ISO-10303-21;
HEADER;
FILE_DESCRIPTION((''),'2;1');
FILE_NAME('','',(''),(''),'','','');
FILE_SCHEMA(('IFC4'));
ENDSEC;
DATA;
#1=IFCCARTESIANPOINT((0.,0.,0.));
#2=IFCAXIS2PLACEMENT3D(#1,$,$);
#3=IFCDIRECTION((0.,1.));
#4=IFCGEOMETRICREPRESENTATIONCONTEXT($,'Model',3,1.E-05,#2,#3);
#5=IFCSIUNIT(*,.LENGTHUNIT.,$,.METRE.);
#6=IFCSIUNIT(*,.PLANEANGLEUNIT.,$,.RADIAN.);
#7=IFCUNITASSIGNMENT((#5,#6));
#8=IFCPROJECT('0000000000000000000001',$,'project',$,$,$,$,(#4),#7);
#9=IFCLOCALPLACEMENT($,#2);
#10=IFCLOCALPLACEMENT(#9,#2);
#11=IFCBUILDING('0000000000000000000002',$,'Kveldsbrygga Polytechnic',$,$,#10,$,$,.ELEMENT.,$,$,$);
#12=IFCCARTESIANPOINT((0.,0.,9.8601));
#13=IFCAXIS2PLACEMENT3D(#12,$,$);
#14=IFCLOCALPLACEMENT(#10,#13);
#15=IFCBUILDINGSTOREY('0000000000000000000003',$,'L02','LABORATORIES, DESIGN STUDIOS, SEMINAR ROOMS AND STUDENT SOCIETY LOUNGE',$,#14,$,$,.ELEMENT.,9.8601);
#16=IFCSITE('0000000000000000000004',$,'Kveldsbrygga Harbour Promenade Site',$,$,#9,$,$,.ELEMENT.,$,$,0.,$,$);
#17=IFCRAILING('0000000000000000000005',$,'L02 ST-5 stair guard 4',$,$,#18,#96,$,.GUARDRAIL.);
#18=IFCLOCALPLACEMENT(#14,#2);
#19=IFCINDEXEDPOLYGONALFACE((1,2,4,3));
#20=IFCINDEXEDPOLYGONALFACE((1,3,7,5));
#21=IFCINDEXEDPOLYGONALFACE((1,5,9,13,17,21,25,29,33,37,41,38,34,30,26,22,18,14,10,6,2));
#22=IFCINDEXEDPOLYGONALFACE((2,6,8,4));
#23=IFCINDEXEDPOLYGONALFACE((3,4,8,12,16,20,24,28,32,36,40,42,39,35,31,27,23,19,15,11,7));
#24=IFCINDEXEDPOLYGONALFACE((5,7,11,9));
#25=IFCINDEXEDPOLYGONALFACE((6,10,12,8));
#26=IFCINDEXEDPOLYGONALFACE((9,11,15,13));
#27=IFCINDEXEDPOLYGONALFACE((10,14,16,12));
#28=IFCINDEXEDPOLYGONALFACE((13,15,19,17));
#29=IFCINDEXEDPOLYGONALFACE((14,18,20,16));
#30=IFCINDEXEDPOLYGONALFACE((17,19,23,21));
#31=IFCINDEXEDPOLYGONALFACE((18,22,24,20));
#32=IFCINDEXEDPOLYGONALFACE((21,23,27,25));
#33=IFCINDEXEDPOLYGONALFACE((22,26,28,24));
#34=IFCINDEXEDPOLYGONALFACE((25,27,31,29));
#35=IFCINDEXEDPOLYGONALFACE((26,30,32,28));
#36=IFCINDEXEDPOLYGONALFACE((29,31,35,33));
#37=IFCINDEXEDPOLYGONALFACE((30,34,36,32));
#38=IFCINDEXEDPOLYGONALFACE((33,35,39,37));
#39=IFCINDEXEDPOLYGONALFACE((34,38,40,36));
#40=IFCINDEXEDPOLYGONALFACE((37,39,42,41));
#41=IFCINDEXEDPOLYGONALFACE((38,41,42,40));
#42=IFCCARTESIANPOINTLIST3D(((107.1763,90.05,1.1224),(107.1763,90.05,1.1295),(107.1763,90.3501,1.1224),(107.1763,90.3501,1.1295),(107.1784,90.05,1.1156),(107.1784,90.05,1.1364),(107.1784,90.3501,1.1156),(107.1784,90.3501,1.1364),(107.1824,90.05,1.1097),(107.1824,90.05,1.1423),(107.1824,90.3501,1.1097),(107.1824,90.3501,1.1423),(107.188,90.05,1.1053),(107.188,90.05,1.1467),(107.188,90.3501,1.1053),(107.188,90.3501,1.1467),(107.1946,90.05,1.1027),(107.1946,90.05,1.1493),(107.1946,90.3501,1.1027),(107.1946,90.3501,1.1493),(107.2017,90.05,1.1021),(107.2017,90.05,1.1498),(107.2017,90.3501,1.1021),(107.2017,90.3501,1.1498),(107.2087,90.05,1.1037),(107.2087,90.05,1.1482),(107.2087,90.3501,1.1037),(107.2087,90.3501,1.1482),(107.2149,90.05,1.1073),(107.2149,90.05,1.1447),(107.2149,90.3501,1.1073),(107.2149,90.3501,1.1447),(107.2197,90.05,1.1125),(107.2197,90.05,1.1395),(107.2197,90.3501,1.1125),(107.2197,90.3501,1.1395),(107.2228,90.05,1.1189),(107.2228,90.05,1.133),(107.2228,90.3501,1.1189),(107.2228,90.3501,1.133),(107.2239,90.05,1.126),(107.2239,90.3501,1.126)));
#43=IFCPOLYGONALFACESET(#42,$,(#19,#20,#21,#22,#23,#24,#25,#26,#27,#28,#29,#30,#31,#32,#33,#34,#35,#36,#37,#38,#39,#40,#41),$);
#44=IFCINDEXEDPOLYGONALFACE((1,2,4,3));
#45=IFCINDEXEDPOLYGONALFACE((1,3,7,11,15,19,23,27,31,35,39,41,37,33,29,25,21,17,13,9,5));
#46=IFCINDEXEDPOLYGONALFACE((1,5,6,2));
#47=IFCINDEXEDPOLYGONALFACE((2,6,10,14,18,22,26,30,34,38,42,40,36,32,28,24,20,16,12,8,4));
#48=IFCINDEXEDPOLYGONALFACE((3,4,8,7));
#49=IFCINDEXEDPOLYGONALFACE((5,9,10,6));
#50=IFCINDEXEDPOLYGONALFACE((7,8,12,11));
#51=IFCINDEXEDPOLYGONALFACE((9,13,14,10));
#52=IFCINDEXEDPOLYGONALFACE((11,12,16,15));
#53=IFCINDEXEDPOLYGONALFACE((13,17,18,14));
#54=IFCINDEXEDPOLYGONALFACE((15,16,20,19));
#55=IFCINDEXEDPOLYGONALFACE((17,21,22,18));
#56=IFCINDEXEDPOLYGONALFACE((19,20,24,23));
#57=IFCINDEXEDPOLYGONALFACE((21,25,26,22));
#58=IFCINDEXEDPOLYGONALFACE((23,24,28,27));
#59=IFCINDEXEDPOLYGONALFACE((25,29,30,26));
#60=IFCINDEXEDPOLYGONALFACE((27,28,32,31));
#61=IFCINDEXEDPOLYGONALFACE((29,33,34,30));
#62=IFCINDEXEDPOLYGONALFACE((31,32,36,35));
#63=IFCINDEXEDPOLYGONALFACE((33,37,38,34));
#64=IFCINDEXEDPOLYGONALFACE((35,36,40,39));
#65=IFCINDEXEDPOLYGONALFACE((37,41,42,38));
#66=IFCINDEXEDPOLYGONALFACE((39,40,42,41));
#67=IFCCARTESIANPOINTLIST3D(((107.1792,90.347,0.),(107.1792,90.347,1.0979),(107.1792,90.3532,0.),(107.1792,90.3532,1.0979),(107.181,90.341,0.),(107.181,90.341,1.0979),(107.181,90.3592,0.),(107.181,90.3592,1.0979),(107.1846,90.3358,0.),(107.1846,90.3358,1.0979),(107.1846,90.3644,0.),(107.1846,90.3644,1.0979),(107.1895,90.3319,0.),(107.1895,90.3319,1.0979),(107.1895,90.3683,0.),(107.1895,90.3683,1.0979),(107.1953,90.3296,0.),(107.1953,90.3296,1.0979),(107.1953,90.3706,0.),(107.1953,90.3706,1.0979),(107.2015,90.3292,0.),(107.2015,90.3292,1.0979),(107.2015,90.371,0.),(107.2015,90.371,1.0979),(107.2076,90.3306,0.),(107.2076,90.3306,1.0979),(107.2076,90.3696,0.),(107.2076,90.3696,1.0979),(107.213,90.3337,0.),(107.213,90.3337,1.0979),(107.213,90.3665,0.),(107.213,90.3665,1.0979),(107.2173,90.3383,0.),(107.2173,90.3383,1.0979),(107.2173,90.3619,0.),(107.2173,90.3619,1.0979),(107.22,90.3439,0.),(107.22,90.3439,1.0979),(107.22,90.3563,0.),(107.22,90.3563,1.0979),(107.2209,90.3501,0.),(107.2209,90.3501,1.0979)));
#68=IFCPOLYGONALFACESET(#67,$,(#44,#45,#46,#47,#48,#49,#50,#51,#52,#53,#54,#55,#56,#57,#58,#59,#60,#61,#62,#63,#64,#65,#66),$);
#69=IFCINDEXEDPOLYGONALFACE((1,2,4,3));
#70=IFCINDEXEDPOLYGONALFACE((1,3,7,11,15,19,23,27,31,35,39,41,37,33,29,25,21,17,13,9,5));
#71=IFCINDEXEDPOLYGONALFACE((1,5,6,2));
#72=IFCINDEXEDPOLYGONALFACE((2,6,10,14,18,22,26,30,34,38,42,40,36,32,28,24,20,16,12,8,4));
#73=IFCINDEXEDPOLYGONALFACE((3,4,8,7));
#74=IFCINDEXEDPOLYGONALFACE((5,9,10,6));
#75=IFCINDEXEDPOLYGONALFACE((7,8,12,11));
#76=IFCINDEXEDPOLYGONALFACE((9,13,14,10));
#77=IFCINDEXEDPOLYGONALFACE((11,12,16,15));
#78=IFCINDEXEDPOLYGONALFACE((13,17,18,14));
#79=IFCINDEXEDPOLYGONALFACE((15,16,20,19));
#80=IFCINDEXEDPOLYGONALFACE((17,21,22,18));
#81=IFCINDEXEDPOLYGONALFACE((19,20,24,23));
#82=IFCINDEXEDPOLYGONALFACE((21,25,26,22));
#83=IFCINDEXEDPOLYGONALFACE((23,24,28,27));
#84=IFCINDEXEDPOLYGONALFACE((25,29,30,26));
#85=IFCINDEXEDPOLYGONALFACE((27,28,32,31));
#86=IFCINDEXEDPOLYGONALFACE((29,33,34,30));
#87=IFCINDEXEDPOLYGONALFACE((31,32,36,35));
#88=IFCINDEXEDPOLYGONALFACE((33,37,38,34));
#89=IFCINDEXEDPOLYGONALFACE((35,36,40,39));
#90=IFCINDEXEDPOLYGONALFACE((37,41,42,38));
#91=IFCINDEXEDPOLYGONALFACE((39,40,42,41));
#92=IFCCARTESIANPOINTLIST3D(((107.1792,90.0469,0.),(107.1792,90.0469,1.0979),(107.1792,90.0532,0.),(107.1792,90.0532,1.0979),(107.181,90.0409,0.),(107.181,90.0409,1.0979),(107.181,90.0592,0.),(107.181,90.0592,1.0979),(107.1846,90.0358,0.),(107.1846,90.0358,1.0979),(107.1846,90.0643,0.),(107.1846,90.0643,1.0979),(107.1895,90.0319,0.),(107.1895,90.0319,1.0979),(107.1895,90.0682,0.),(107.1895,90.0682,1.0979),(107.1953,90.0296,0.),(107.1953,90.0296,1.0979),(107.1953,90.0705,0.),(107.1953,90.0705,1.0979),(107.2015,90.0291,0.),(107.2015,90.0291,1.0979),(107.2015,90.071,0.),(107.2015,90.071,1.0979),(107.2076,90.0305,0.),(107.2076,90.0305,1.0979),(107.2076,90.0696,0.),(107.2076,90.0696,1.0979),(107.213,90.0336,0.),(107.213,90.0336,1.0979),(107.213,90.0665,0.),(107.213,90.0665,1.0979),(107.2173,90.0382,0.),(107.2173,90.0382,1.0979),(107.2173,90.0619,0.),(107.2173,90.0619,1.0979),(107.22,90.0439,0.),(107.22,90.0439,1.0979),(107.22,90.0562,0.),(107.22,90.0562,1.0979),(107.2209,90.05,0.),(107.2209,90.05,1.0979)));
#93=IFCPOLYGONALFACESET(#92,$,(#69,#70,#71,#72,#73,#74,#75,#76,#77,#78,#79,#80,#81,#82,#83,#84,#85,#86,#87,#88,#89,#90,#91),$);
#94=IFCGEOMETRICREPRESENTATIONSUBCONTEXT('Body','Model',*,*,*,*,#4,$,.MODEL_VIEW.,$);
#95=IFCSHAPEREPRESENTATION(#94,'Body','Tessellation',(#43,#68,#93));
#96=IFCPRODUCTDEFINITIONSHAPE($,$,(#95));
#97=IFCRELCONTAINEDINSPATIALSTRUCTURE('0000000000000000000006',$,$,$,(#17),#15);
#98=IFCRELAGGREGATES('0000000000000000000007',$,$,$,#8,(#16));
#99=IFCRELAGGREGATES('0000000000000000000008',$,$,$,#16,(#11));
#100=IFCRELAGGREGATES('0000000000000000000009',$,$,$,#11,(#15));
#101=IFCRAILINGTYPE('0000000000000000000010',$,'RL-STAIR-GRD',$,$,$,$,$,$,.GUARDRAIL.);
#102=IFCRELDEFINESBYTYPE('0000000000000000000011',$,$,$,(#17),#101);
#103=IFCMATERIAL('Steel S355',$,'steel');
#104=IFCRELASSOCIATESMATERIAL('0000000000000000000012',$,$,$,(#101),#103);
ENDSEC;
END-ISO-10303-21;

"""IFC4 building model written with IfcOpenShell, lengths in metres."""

from ifc_helpers import new_model, si_unit, direction, frame, origin, origin_2d, place, context, subcontext, project, spatial, circle, extrude, material, type_object, element, save


model = new_model("IFC4")

# Units and contexts
model_context = context("Model", 3, precision=1e-05, world=origin(), true_north=direction((0.0, 1.0)))
body_context = subcontext(model_context, "Body", "Model", "MODEL_VIEW")
ifc_project = project(units=[si_unit("LENGTHUNIT", "METRE"), si_unit("PLANEANGLEUNIT", "RADIAN")], contexts=[model_context])

# Site, building, storey
site_placement = place(None, origin())
site = spatial("IfcSite", under=ifc_project, at=site_placement, Name="Kveldsbrygga Harbour Promenade Site", CompositionType="ELEMENT", RefElevation=0.0)
building_placement = place(site_placement, origin())
building = spatial("IfcBuilding", under=site, at=building_placement, Name="Kveldsbrygga Polytechnic", CompositionType="ELEMENT")
storey_placement = place(building_placement, frame((0.0, 0.0, 9.8601)))
storey = spatial("IfcBuildingStorey", under=building, at=storey_placement, Name="L02", Description="LABORATORIES, DESIGN STUDIOS, SEMINAR ROOMS AND STUDENT SOCIETY LOUNGE", CompositionType="ELEMENT", Elevation=9.8601)

# Shared definitions
ifc_material_1 = material(Name="Steel S355", Category="steel")

# Railing
railing_type_1 = type_object("IfcRailingType", Name="RL-STAIR-GRD", PredefinedType="GUARDRAIL", material=ifc_material_1)
railing_1_placement = place(storey_placement, frame((107.2, 90.3501, 0.0)))
element("IfcRailing", 1, at=railing_1_placement, inside=storey, type_object=railing_type_1, Name="L02 ST-5 stair guard 4", PredefinedType="GUARDRAIL", context=body_context, shape_type="SweptSolid", body=[
    extrude(circle(Radius=0.0239, at=origin_2d()), frame((0.0, 0.0, 1.126), z_axis=(0.0, -1.0, 0.0), x_axis=(1.0, 0.0, 0.0)), (0.0, 0.0, 1.0), 0.3),
    extrude(circle(Radius=0.021, at=origin_2d()), origin(), (0.0, 0.0, 1.0), 1.0979),
    extrude(circle(Radius=0.021, at=origin_2d()), frame((0.0, -0.3, 0.0)), (0.0, 0.0, 1.0), 1.0979),
])

save(model, "model.ifc")
